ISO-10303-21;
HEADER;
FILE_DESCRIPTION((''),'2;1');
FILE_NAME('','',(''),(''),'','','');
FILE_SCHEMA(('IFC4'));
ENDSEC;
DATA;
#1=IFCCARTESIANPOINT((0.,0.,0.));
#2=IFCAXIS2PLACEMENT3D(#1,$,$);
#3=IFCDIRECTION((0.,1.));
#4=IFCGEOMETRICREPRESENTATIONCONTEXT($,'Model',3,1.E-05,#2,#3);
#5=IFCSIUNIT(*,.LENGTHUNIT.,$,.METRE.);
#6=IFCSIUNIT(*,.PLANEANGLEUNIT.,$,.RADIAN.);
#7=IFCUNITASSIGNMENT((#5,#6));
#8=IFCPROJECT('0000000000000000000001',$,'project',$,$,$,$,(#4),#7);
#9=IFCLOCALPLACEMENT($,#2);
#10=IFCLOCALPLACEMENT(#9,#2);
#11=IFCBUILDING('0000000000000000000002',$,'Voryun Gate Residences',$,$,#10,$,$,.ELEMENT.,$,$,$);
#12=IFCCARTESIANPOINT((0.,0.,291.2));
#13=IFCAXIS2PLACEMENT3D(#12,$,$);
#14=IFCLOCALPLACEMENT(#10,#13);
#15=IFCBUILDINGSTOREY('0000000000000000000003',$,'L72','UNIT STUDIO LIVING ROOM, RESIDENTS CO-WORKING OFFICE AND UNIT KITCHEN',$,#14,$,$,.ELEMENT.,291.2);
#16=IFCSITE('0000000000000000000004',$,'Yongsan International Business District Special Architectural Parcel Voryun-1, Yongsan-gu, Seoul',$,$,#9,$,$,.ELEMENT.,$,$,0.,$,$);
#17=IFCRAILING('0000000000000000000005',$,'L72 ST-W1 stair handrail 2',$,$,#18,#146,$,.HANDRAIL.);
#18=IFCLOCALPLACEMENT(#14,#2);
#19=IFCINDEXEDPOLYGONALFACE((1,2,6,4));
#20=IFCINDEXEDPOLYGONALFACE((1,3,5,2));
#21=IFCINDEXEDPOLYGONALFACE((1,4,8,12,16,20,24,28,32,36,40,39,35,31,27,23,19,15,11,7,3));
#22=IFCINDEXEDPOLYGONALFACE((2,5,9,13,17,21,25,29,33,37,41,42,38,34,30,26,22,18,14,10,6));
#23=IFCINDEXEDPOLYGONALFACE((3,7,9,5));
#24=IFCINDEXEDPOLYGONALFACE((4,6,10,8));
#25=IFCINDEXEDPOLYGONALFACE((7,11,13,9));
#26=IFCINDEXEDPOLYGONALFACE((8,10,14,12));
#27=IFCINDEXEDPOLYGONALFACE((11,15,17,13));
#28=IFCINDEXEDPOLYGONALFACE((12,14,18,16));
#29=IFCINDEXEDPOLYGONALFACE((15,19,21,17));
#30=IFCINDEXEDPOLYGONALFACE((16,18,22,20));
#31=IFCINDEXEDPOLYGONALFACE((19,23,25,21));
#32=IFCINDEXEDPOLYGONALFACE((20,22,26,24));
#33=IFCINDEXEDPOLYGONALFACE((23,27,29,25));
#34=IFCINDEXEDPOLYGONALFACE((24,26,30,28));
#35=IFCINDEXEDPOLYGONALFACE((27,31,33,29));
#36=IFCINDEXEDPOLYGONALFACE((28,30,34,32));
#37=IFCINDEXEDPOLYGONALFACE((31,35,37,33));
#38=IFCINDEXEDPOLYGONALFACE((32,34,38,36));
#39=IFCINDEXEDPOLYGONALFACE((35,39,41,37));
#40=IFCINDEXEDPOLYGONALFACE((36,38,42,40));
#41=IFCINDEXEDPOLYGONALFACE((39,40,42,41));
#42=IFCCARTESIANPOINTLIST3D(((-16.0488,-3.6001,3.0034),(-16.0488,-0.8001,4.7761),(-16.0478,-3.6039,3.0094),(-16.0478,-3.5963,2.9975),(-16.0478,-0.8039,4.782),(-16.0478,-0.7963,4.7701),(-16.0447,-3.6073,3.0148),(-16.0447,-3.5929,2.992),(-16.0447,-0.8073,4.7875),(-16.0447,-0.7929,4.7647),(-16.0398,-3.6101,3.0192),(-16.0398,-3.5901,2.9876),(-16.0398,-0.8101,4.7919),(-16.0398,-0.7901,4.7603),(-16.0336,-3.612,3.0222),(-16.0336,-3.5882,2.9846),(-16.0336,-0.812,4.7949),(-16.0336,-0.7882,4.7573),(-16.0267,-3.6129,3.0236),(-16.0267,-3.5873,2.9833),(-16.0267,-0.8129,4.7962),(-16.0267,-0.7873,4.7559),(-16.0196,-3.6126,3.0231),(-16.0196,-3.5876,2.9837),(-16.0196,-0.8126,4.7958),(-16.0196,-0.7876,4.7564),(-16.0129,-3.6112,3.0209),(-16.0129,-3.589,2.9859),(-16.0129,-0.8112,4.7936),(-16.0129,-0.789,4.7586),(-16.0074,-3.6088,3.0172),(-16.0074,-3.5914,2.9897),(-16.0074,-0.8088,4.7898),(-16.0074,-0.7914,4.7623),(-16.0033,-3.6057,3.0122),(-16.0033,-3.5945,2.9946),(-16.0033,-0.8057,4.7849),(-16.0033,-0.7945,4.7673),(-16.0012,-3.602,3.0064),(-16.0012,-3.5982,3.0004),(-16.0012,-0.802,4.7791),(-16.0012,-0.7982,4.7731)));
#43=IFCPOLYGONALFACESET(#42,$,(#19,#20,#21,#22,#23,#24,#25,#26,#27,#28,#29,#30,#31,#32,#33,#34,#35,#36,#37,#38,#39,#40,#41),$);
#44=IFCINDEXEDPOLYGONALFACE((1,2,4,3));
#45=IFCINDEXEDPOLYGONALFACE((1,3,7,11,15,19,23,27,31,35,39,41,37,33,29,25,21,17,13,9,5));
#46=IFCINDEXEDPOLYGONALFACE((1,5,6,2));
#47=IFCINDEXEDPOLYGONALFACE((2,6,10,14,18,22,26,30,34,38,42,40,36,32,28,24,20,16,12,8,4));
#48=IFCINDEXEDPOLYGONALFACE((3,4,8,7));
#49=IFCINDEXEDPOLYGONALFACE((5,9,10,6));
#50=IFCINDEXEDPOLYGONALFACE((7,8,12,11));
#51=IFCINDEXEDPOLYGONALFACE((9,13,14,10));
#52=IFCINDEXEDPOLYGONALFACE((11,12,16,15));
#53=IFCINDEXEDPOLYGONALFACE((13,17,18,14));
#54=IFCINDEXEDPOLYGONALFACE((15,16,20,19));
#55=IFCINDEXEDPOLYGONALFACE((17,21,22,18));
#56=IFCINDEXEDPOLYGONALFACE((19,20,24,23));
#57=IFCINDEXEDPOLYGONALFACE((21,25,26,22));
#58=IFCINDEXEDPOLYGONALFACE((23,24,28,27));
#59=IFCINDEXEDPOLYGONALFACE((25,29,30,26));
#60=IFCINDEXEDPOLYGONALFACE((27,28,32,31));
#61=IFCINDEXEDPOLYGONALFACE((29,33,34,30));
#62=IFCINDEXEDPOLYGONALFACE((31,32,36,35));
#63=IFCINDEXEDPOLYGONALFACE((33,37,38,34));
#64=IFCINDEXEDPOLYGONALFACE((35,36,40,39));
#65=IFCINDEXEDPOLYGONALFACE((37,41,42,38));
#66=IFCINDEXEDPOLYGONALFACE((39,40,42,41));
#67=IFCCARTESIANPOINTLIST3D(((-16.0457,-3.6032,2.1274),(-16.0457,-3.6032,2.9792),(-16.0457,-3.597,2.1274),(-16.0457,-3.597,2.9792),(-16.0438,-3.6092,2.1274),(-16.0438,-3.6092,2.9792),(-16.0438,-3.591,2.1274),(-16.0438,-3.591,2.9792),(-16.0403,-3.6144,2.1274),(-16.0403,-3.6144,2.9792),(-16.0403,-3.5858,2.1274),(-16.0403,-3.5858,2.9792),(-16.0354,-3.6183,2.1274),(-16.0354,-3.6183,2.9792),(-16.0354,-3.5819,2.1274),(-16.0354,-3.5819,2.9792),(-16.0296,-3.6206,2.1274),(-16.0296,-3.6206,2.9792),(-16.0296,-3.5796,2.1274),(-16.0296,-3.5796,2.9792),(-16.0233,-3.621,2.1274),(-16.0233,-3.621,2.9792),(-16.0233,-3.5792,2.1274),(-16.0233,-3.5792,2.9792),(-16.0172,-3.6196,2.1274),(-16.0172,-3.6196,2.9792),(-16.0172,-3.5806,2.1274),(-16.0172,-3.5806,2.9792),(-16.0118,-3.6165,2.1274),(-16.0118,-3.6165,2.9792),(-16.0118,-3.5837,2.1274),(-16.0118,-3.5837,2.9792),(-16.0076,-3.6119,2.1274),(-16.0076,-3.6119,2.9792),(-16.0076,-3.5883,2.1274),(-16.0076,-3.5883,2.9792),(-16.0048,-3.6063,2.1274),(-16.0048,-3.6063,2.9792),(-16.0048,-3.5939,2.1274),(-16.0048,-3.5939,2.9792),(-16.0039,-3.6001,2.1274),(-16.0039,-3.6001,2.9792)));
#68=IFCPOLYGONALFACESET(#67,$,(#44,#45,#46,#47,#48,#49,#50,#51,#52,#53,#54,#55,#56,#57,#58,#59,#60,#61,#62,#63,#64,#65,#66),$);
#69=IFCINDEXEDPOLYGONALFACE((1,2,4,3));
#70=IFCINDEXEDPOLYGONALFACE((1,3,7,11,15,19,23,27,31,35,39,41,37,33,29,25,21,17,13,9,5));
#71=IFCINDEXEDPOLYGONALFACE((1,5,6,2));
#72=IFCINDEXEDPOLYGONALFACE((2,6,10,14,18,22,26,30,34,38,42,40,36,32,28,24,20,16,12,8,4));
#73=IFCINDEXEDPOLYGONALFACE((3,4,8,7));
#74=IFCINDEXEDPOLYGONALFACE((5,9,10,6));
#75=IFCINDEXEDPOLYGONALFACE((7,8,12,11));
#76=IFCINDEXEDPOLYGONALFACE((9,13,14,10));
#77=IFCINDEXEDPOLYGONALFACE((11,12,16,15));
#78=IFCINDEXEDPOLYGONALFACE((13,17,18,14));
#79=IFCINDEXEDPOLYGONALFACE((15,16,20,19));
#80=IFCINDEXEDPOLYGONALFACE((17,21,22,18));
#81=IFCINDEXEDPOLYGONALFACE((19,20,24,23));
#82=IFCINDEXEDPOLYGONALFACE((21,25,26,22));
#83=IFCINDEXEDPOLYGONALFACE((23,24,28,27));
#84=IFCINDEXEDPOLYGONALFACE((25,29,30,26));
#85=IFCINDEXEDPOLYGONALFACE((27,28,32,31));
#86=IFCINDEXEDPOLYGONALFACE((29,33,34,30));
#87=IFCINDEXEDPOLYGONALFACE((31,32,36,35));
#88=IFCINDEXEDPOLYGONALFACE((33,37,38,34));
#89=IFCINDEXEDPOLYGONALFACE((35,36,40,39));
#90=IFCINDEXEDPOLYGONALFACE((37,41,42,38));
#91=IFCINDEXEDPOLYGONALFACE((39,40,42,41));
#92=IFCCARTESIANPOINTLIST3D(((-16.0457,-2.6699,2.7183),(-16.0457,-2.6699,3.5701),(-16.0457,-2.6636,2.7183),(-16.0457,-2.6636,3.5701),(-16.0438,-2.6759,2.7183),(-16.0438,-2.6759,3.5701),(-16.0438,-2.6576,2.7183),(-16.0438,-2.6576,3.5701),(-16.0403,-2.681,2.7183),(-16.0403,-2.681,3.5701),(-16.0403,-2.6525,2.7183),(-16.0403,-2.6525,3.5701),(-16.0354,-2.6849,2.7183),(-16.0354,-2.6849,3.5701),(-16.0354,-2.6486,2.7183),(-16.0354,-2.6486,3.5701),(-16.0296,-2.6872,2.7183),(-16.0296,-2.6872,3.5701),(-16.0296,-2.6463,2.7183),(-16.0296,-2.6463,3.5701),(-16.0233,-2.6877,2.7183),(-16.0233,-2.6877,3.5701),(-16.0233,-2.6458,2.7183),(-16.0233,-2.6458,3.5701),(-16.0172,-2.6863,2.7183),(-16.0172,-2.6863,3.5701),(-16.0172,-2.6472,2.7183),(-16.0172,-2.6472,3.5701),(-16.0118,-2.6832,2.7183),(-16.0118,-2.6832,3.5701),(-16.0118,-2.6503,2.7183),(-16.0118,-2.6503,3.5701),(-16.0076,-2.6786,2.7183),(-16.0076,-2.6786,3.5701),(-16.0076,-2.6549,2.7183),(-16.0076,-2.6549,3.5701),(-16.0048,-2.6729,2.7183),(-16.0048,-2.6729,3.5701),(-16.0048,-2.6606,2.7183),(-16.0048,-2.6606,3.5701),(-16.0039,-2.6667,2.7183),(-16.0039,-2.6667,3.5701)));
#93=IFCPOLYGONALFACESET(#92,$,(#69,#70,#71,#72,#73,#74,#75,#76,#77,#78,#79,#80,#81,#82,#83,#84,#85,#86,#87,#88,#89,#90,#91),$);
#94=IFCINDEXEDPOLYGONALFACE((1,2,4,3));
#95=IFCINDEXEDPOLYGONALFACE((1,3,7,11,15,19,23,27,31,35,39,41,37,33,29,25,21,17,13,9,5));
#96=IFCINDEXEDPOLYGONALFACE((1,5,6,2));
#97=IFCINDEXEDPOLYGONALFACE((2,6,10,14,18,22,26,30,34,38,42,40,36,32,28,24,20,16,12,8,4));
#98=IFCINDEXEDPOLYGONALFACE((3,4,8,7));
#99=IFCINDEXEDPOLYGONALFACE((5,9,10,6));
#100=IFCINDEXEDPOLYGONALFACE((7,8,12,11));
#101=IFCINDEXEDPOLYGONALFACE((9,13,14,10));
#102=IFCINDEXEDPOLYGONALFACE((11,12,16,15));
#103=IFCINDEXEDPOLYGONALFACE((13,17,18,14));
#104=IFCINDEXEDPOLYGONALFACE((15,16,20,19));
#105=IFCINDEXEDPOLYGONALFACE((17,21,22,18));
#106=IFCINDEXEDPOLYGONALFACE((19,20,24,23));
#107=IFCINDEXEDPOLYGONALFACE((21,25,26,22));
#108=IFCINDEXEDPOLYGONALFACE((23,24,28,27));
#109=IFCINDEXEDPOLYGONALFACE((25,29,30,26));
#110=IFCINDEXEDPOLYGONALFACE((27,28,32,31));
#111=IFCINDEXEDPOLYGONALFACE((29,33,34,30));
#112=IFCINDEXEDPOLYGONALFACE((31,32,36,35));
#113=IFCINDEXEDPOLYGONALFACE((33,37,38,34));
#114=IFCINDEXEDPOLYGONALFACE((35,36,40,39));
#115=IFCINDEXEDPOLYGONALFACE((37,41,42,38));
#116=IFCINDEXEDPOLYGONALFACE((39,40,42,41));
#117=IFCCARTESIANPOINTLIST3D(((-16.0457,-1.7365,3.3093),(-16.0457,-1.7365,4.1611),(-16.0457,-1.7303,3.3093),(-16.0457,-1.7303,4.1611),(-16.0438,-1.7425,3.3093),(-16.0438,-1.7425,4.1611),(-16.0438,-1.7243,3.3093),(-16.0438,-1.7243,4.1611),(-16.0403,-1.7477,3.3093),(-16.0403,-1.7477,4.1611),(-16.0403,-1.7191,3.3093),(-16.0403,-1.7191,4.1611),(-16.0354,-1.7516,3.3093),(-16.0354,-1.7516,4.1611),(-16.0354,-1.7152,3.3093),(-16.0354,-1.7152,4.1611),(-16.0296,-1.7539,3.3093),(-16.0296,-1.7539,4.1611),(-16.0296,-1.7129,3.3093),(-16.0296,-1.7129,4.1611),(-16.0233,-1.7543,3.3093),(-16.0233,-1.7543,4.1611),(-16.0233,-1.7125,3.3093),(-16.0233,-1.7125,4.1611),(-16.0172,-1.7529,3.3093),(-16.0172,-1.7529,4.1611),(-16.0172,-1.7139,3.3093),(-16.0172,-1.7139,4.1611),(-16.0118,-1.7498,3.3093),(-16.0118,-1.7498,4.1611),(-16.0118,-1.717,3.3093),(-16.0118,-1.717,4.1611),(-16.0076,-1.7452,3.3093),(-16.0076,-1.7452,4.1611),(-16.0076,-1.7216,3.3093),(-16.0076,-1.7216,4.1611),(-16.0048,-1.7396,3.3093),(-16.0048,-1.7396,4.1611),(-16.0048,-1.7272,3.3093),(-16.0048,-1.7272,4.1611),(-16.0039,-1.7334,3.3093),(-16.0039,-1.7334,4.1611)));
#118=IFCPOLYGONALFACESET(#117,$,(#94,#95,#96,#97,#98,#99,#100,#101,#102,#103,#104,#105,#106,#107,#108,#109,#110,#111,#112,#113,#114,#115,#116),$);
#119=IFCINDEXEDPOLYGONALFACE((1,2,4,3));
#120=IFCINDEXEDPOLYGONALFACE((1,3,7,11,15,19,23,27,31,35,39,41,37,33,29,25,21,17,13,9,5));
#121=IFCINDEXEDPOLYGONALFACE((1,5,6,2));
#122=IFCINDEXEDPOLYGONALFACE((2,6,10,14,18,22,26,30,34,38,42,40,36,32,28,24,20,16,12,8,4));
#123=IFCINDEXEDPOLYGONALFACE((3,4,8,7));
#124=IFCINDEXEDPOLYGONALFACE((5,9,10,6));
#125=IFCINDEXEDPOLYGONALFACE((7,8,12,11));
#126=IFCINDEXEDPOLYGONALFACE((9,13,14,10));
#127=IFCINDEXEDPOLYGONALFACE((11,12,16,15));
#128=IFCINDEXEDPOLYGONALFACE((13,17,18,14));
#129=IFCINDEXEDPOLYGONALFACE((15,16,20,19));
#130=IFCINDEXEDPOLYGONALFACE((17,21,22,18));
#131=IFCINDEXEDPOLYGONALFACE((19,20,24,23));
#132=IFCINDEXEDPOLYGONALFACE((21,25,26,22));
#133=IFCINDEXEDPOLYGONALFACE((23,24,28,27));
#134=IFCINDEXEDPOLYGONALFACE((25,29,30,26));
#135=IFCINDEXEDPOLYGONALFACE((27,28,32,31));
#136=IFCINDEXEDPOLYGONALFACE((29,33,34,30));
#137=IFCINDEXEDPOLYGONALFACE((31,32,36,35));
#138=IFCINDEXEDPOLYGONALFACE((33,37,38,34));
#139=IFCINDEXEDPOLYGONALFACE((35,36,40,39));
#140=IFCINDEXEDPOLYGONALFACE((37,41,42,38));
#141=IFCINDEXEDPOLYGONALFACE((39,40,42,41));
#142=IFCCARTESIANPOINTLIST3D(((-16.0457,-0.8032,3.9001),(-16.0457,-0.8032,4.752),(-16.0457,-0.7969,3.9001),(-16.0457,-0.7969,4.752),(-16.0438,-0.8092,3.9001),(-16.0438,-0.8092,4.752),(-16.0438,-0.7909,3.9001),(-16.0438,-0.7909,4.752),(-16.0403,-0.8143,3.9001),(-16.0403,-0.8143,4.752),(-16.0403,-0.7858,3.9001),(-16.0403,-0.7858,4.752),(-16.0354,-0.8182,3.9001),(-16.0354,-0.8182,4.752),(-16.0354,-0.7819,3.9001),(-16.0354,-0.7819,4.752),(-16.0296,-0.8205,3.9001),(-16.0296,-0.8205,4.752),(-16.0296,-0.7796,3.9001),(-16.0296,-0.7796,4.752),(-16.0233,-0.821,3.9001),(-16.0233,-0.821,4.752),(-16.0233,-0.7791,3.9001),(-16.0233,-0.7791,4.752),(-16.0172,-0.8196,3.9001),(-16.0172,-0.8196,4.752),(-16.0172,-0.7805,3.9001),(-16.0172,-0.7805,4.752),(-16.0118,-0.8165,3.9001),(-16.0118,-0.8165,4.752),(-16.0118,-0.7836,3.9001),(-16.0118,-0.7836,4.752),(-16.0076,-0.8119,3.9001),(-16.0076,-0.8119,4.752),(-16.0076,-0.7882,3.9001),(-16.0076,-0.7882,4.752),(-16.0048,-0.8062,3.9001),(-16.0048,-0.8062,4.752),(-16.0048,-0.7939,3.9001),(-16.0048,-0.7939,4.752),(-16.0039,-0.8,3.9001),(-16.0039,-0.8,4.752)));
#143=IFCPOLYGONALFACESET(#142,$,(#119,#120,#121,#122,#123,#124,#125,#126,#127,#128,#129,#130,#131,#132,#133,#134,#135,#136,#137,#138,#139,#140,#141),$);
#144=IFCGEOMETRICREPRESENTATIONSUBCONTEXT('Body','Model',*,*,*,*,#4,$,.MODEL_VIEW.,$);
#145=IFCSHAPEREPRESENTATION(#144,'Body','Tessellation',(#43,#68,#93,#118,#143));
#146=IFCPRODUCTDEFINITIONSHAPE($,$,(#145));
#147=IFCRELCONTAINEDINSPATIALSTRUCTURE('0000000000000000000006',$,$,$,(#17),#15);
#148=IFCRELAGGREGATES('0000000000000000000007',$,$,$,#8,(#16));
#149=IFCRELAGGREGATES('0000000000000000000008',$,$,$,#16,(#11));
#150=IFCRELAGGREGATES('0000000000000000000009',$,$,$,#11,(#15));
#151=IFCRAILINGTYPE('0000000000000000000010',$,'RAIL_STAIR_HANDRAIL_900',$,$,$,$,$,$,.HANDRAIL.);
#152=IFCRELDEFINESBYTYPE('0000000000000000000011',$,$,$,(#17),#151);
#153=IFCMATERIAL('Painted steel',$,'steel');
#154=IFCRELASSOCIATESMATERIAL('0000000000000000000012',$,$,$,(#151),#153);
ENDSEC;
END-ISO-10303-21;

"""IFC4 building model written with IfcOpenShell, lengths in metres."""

from ifc_helpers import new_model, si_unit, direction, frame, origin, origin_2d, place, context, subcontext, project, spatial, circle, extrude, material, type_object, element, save


model = new_model("IFC4")

# Units and contexts
model_context = context("Model", 3, precision=1e-05, world=origin(), true_north=direction((0.0, 1.0)))
body_context = subcontext(model_context, "Body", "Model", "MODEL_VIEW")
ifc_project = project(units=[si_unit("LENGTHUNIT", "METRE"), si_unit("PLANEANGLEUNIT", "RADIAN")], contexts=[model_context])

# Site, building, storey
site_placement = place(None, origin())
site = spatial("IfcSite", under=ifc_project, at=site_placement, Name="Yongsan International Business District Special Architectural Parcel Voryun-1, Yongsan-gu, Seoul", CompositionType="ELEMENT", RefElevation=0.0)
building_placement = place(site_placement, origin())
building = spatial("IfcBuilding", under=site, at=building_placement, Name="Voryun Gate Residences", CompositionType="ELEMENT")
storey_placement = place(building_placement, frame((0.0, 0.0, 291.2)))
storey = spatial("IfcBuildingStorey", under=building, at=storey_placement, Name="L72", Description="UNIT STUDIO LIVING ROOM, RESIDENTS CO-WORKING OFFICE AND UNIT KITCHEN", CompositionType="ELEMENT", Elevation=291.2)

# Railing
ifc_material_1 = material(Name="Painted steel", Category="steel")
railing_type_1 = type_object("IfcRailingType", Name="RAIL_STAIR_HANDRAIL_900", PredefinedType="HANDRAIL", material=ifc_material_1)
railing_1_placement = place(storey_placement, frame((-16.0249, -3.6001, 2.1274)))
element("IfcRailing", 1, at=railing_1_placement, inside=storey, type_object=railing_type_1, Name="L72 ST-W1 stair handrail 2", PredefinedType="HANDRAIL", context=body_context, shape_type="SweptSolid", body=[
    extrude(circle(Radius=0.0239, at=origin_2d()), frame((0.0, 0.0, 0.876), z_axis=(0.0, 0.844909, 0.53491), x_axis=(-1.0, 0.0, 0.0)), (0.0, 0.0, 1.0), 3.314),
    extrude(circle(Radius=0.021, at=origin_2d()), origin(), (0.0, 0.0, 1.0), 0.8518),
    extrude(circle(Radius=0.021, at=origin_2d()), frame((0.0, 0.9333, 0.5908)), (0.0, 0.0, 1.0), 0.8518),
    extrude(circle(Radius=0.021, at=origin_2d()), frame((0.0, 1.8667, 1.1819)), (0.0, 0.0, 1.0), 0.8518),
    extrude(circle(Radius=0.021, at=origin_2d()), frame((0.0, 2.8, 1.7727)), (0.0, 0.0, 1.0), 0.8518),
])

save(model, "model.ifc")
